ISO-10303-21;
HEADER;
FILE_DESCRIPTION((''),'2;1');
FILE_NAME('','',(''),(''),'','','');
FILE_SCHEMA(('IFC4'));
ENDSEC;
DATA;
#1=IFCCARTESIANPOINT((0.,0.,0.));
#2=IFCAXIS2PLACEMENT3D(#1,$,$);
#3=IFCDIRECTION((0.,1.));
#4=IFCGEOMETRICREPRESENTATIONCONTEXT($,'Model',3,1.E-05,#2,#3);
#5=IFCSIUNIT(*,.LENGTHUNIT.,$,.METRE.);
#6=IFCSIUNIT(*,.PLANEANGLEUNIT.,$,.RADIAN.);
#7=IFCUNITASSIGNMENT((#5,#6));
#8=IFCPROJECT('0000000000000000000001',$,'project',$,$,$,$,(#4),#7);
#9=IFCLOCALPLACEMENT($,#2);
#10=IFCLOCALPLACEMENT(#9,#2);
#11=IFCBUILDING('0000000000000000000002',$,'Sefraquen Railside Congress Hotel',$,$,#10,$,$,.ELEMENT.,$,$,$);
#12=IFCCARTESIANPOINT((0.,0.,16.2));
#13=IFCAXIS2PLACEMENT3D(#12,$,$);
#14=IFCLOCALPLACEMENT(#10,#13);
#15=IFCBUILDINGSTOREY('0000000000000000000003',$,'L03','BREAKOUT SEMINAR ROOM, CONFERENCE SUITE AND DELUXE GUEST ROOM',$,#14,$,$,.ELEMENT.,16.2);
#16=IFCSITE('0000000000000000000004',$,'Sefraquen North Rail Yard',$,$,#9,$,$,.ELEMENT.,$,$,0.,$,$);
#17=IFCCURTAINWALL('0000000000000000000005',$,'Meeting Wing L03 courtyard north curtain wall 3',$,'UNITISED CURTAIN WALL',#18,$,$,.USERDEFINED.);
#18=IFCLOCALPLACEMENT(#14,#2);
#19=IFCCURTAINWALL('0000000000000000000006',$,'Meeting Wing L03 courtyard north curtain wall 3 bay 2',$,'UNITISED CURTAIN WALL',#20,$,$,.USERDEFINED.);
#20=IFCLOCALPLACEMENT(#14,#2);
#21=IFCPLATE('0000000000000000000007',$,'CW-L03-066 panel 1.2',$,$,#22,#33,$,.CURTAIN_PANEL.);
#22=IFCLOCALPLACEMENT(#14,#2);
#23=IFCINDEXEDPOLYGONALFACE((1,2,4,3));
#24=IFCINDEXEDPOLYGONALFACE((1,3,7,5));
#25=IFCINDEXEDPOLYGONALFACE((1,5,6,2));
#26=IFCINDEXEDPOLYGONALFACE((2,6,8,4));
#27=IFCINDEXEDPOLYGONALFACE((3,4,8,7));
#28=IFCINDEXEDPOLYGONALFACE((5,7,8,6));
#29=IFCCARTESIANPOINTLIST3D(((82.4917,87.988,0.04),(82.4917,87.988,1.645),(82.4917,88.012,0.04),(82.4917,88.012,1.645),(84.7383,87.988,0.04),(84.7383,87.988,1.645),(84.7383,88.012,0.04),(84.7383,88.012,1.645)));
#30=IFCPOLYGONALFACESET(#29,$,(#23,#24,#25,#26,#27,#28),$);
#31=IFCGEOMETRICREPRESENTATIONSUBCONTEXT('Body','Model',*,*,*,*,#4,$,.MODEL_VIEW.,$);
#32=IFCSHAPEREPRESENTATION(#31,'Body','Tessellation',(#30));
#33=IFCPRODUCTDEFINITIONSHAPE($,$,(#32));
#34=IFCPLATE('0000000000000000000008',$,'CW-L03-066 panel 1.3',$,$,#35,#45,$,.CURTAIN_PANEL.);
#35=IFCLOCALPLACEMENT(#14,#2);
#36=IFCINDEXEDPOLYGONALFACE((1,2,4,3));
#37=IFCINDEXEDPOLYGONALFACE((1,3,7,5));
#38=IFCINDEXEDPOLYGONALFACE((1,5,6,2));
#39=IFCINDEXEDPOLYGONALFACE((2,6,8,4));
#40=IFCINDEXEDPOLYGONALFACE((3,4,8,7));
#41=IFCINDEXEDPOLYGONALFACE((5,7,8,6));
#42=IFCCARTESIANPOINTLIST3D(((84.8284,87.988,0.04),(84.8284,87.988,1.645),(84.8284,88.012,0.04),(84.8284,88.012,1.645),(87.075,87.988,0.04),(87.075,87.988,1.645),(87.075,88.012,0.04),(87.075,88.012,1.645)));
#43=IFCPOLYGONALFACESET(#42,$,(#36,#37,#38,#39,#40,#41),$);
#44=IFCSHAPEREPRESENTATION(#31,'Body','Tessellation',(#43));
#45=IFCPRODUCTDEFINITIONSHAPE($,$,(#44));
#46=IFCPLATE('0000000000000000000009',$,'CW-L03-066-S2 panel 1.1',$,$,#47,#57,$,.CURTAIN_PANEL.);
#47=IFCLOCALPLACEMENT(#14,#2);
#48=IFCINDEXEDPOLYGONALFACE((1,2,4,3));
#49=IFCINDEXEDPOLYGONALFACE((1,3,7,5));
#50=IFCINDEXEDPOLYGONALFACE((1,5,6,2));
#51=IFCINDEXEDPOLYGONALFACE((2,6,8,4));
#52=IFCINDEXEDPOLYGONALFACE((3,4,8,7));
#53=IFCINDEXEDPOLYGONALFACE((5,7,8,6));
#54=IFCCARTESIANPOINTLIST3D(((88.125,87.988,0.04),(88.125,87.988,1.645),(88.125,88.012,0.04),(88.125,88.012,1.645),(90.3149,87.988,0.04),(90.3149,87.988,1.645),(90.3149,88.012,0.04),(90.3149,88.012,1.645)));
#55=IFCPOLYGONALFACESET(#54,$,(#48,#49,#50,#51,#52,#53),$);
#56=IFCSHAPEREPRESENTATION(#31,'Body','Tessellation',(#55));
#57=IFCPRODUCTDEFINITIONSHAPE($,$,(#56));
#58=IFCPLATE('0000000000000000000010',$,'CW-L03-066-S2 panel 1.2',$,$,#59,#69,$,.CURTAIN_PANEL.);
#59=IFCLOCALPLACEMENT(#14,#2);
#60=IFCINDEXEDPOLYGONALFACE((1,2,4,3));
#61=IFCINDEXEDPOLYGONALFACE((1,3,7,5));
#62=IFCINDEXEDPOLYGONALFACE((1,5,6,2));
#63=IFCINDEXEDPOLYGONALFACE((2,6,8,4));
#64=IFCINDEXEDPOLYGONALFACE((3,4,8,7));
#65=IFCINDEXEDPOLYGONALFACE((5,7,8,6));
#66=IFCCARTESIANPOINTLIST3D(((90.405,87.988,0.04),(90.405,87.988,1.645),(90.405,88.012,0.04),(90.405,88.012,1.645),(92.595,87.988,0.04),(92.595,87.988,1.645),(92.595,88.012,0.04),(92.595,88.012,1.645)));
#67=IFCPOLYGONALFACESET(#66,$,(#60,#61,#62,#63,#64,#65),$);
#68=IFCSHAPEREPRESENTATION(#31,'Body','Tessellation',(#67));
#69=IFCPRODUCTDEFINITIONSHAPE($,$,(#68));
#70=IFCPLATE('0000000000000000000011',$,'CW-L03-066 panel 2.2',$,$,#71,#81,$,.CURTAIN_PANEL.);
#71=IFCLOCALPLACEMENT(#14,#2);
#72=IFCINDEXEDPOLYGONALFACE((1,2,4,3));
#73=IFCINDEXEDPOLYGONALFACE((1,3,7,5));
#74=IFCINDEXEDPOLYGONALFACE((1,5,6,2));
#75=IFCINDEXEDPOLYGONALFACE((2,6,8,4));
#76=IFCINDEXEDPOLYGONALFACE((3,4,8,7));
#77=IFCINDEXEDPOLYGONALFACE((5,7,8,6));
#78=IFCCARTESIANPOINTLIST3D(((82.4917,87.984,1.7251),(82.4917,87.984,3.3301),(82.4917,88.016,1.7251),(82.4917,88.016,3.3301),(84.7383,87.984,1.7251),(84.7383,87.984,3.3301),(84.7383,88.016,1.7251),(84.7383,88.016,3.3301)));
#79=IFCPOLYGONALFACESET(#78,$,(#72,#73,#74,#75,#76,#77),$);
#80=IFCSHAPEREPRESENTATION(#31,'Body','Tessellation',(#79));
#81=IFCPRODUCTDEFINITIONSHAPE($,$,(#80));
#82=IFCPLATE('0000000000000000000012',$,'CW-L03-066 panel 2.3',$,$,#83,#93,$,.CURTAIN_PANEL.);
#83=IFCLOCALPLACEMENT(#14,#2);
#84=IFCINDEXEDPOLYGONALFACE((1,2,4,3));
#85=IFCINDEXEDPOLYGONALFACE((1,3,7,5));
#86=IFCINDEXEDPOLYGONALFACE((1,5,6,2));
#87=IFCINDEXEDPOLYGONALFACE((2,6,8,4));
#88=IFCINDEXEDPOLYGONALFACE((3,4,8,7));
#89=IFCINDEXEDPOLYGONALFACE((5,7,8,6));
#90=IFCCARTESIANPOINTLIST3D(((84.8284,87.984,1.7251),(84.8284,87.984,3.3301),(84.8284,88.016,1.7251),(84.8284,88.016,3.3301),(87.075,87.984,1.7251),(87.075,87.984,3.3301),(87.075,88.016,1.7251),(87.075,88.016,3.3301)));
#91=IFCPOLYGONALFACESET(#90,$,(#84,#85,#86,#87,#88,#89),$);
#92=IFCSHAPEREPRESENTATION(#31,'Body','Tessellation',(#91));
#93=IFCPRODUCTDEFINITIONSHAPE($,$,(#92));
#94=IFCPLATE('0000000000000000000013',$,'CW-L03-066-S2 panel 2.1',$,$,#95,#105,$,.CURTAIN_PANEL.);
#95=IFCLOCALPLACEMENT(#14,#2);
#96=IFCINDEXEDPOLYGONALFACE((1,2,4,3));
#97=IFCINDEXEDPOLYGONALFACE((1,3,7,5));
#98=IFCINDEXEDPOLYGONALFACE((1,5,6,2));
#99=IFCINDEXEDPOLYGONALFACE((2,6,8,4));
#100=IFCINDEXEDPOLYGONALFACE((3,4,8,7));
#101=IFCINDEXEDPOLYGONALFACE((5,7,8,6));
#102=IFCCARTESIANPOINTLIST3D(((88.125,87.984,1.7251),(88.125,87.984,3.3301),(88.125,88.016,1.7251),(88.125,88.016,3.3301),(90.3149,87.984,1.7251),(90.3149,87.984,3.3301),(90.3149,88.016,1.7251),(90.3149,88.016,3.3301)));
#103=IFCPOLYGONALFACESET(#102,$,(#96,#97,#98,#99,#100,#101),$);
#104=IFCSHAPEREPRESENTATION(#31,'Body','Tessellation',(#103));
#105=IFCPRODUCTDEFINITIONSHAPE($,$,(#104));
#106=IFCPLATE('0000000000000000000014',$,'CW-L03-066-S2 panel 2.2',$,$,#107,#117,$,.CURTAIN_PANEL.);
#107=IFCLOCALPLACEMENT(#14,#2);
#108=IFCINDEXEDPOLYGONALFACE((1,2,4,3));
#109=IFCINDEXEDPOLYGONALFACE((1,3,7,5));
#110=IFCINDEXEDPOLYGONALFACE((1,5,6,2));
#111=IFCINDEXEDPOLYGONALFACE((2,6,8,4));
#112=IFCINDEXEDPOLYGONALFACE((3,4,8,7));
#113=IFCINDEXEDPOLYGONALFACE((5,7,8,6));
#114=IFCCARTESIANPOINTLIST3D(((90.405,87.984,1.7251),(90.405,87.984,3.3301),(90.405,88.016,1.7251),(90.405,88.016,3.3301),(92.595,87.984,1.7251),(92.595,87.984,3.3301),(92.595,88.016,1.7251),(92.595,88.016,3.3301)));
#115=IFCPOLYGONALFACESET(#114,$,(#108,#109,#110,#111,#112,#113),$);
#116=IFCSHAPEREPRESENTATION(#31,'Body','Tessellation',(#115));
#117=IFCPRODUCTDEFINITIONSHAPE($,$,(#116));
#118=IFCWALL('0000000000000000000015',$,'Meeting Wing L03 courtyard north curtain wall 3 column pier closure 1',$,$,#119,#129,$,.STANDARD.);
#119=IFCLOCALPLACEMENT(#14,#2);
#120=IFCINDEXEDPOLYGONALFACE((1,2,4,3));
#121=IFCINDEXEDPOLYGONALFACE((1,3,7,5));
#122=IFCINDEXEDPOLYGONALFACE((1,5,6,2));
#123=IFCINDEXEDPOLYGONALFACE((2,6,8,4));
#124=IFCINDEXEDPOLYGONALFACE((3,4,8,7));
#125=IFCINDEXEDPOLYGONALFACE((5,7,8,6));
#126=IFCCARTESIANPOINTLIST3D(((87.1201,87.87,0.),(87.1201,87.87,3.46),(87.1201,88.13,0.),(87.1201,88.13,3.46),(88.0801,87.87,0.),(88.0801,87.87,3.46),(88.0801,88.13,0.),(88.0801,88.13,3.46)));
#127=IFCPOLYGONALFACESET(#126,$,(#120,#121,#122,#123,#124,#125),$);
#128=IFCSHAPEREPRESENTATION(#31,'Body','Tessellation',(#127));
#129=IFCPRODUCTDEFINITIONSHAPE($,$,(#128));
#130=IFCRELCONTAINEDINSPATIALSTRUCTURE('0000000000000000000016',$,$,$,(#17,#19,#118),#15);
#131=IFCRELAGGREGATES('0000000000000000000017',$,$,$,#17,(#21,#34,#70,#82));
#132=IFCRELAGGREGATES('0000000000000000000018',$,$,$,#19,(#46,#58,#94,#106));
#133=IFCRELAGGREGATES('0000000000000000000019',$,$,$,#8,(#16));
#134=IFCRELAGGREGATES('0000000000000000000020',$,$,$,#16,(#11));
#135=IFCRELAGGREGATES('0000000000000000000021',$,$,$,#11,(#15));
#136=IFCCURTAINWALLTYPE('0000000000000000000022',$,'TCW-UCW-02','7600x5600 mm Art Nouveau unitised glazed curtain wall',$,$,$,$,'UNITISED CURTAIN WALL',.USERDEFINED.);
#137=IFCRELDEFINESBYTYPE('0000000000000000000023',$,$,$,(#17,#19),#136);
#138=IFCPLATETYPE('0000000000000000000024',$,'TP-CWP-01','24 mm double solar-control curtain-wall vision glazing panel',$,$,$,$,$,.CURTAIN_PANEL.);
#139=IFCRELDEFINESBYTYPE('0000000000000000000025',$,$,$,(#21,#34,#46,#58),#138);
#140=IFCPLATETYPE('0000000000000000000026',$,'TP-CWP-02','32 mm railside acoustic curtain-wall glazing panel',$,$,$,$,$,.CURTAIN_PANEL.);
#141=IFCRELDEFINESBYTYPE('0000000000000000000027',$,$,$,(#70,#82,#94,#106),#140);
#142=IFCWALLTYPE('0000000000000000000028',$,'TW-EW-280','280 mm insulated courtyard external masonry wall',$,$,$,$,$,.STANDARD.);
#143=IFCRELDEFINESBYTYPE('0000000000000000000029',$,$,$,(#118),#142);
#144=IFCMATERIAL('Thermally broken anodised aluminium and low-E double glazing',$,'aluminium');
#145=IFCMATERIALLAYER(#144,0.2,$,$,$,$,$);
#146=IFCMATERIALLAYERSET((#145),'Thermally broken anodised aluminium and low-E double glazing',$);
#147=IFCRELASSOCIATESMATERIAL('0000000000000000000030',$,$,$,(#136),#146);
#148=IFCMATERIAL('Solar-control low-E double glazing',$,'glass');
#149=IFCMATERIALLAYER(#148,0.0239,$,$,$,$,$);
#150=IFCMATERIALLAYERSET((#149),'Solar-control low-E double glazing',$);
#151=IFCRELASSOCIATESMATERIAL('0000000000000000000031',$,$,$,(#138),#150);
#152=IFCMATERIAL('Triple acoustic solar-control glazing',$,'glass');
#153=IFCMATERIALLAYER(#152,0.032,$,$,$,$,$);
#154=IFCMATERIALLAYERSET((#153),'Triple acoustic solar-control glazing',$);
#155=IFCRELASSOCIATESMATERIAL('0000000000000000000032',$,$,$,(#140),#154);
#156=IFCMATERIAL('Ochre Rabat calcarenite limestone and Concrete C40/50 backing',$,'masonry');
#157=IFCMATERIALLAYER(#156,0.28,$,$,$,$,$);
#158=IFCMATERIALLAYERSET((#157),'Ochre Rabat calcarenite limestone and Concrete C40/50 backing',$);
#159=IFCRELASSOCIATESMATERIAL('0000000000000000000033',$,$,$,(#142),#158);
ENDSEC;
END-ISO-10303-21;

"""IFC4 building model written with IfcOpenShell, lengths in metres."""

from ifc_helpers import new_model, si_unit, direction, frame, frame_2d, origin, origin_2d, place, context, subcontext, project, spatial, rectangle, extrude, material, layer, layer_set, type_object, element, aggregate, save


model = new_model("IFC4")

# Units and contexts
model_context = context("Model", 3, precision=1e-05, world=origin(), true_north=direction((0.0, 1.0)))
body_context = subcontext(model_context, "Body", "Model", "MODEL_VIEW")
ifc_project = project(units=[si_unit("LENGTHUNIT", "METRE"), si_unit("PLANEANGLEUNIT", "RADIAN")], contexts=[model_context])

# Site, building, storey
site_placement = place(None, origin())
site = spatial("IfcSite", under=ifc_project, at=site_placement, Name="Sefraquen North Rail Yard", CompositionType="ELEMENT", RefElevation=0.0)
building_placement = place(site_placement, origin())
building = spatial("IfcBuilding", under=site, at=building_placement, Name="Sefraquen Railside Congress Hotel", CompositionType="ELEMENT")
storey_placement = place(building_placement, frame((0.0, 0.0, 16.2)))
storey = spatial("IfcBuildingStorey", under=building, at=storey_placement, Name="L03", Description="BREAKOUT SEMINAR ROOM, CONFERENCE SUITE AND DELUXE GUEST ROOM", CompositionType="ELEMENT", Elevation=16.2)

# Curtain wall
ifc_material_1 = material(Name="Thermally broken anodised aluminium and low-E double glazing", Category="aluminium")
ifc_layer_1 = layer(ifc_material_1, 0.2)
ifc_layer_set_1 = layer_set([ifc_layer_1], Name="Thermally broken anodised aluminium and low-E double glazing")
curtain_wall_type = type_object("IfcCurtainWallType", Name="TCW-UCW-02", Description="7600x5600 mm Art Nouveau unitised glazed curtain wall", ElementType="UNITISED CURTAIN WALL", PredefinedType="USERDEFINED", material=ifc_layer_set_1)
curtain_wall_1_placement = place(storey_placement, origin())
curtain_wall_1 = element("IfcCurtainWall", 1, at=curtain_wall_1_placement, inside=storey, type_object=curtain_wall_type, Name="Meeting Wing L03 courtyard north curtain wall 3", ObjectType="UNITISED CURTAIN WALL", PredefinedType="USERDEFINED")

# Curtain wall
curtain_wall_2_placement = place(storey_placement, origin())
curtain_wall_2 = element("IfcCurtainWall", 2, at=curtain_wall_2_placement, inside=storey, type_object=curtain_wall_type, Name="Meeting Wing L03 courtyard north curtain wall 3 bay 2", ObjectType="UNITISED CURTAIN WALL", PredefinedType="USERDEFINED")

# Plates
ifc_material_2 = material(Name="Solar-control low-E double glazing", Category="glass")
ifc_layer_2 = layer(ifc_material_2, 0.0239)
ifc_layer_set_2 = layer_set([ifc_layer_2], Name="Solar-control low-E double glazing")
plate_type_1 = type_object("IfcPlateType", Name="TP-CWP-01", Description="24 mm double solar-control curtain-wall vision glazing panel", PredefinedType="CURTAIN_PANEL", material=ifc_layer_set_2)
plate_1_placement = place(storey_placement, frame((83.615, 88.0, 0.04), z_axis=(0.0, 0.0, 1.0), x_axis=(1.0, 0.0, 0.0)))
plate_1 = element("IfcPlate", 3, at=plate_1_placement, type_object=plate_type_1, Name="CW-L03-066 panel 1.2", PredefinedType="CURTAIN_PANEL", context=body_context, shape_type="SweptSolid", body=[
    extrude(rectangle(XDim=2.2466, YDim=0.0239, at=origin_2d()), origin(), (0.0, 0.0, 1.0), 1.605),
])
plate_2_placement = place(storey_placement, frame((85.9517, 88.0, 0.04), z_axis=(0.0, 0.0, 1.0), x_axis=(1.0, 0.0, 0.0)))
plate_2 = element("IfcPlate", 4, at=plate_2_placement, type_object=plate_type_1, Name="CW-L03-066 panel 1.3", PredefinedType="CURTAIN_PANEL", context=body_context, shape_type="SweptSolid", body=[
    extrude(rectangle(XDim=2.2466, YDim=0.0239, at=origin_2d()), origin(), (0.0, 0.0, 1.0), 1.605),
])
plate_3_placement = place(storey_placement, frame((89.22, 88.0, 0.04), z_axis=(0.0, 0.0, 1.0), x_axis=(1.0, 0.0, 0.0)))
plate_3 = element("IfcPlate", 5, at=plate_3_placement, type_object=plate_type_1, Name="CW-L03-066-S2 panel 1.1", PredefinedType="CURTAIN_PANEL", context=body_context, shape_type="SweptSolid", body=[
    extrude(rectangle(XDim=2.1899, YDim=0.0239, at=origin_2d()), origin(), (0.0, 0.0, 1.0), 1.605),
])
plate_4_placement = place(storey_placement, frame((91.5, 88.0, 0.04), z_axis=(0.0, 0.0, 1.0), x_axis=(1.0, 0.0, 0.0)))
plate_4 = element("IfcPlate", 6, at=plate_4_placement, type_object=plate_type_1, Name="CW-L03-066-S2 panel 1.2", PredefinedType="CURTAIN_PANEL", context=body_context, shape_type="SweptSolid", body=[
    extrude(rectangle(XDim=2.1899, YDim=0.0239, at=origin_2d()), origin(), (0.0, 0.0, 1.0), 1.605),
])
ifc_material_3 = material(Name="Triple acoustic solar-control glazing", Category="glass")
ifc_layer_3 = layer(ifc_material_3, 0.032)
ifc_layer_set_3 = layer_set([ifc_layer_3], Name="Triple acoustic solar-control glazing")
plate_type_2 = type_object("IfcPlateType", Name="TP-CWP-02", Description="32 mm railside acoustic curtain-wall glazing panel", PredefinedType="CURTAIN_PANEL", material=ifc_layer_set_3)
plate_5_placement = place(storey_placement, frame((83.615, 88.0, 1.7251), z_axis=(0.0, 0.0, 1.0), x_axis=(1.0, 0.0, 0.0)))
plate_5 = element("IfcPlate", 7, at=plate_5_placement, type_object=plate_type_2, Name="CW-L03-066 panel 2.2", PredefinedType="CURTAIN_PANEL", context=body_context, shape_type="SweptSolid", body=[
    extrude(rectangle(XDim=2.2466, YDim=0.032, at=origin_2d()), origin(), (0.0, 0.0, 1.0), 1.605),
])
plate_6_placement = place(storey_placement, frame((85.9517, 88.0, 1.7251), z_axis=(0.0, 0.0, 1.0), x_axis=(1.0, 0.0, 0.0)))
plate_6 = element("IfcPlate", 8, at=plate_6_placement, type_object=plate_type_2, Name="CW-L03-066 panel 2.3", PredefinedType="CURTAIN_PANEL", context=body_context, shape_type="SweptSolid", body=[
    extrude(rectangle(XDim=2.2466, YDim=0.032, at=origin_2d()), origin(), (0.0, 0.0, 1.0), 1.605),
])
aggregate(curtain_wall_1, [plate_1, plate_2, plate_5, plate_6])
plate_7_placement = place(storey_placement, frame((89.22, 88.0, 1.7251), z_axis=(0.0, 0.0, 1.0), x_axis=(1.0, 0.0, 0.0)))
plate_7 = element("IfcPlate", 9, at=plate_7_placement, type_object=plate_type_2, Name="CW-L03-066-S2 panel 2.1", PredefinedType="CURTAIN_PANEL", context=body_context, shape_type="SweptSolid", body=[
    extrude(rectangle(XDim=2.1899, YDim=0.032, at=origin_2d()), origin(), (0.0, 0.0, 1.0), 1.605),
])
plate_8_placement = place(storey_placement, frame((91.5, 88.0, 1.7251), z_axis=(0.0, 0.0, 1.0), x_axis=(1.0, 0.0, 0.0)))
plate_8 = element("IfcPlate", 10, at=plate_8_placement, type_object=plate_type_2, Name="CW-L03-066-S2 panel 2.2", PredefinedType="CURTAIN_PANEL", context=body_context, shape_type="SweptSolid", body=[
    extrude(rectangle(XDim=2.1899, YDim=0.032, at=origin_2d()), origin(), (0.0, 0.0, 1.0), 1.605),
])
aggregate(curtain_wall_2, [plate_3, plate_4, plate_7, plate_8])

# Wall
ifc_material_4 = material(Name="Ochre Rabat calcarenite limestone and Concrete C40/50 backing", Category="masonry")
ifc_layer_4 = layer(ifc_material_4, 0.28)
ifc_layer_set_4 = layer_set([ifc_layer_4], Name="Ochre Rabat calcarenite limestone and Concrete C40/50 backing")
wall_type = type_object("IfcWallType", Name="TW-EW-280", Description="280 mm insulated courtyard external masonry wall", PredefinedType="STANDARD", material=ifc_layer_set_4)
wall_placement = place(storey_placement, frame((87.1201, 88.0, 0.0), z_axis=(0.0, 0.0, 1.0), x_axis=(1.0, 0.0, 0.0)))
element("IfcWall", 11, at=wall_placement, inside=storey, type_object=wall_type, Name="Meeting Wing L03 courtyard north curtain wall 3 column pier closure 1", PredefinedType="STANDARD", context=body_context, shape_type="SweptSolid", body=[
    extrude(rectangle(XDim=0.96, YDim=0.26, at=frame_2d((0.48, 0.0))), origin(), (0.0, 0.0, 1.0), 3.46),
])

save(model, "model.ifc")
